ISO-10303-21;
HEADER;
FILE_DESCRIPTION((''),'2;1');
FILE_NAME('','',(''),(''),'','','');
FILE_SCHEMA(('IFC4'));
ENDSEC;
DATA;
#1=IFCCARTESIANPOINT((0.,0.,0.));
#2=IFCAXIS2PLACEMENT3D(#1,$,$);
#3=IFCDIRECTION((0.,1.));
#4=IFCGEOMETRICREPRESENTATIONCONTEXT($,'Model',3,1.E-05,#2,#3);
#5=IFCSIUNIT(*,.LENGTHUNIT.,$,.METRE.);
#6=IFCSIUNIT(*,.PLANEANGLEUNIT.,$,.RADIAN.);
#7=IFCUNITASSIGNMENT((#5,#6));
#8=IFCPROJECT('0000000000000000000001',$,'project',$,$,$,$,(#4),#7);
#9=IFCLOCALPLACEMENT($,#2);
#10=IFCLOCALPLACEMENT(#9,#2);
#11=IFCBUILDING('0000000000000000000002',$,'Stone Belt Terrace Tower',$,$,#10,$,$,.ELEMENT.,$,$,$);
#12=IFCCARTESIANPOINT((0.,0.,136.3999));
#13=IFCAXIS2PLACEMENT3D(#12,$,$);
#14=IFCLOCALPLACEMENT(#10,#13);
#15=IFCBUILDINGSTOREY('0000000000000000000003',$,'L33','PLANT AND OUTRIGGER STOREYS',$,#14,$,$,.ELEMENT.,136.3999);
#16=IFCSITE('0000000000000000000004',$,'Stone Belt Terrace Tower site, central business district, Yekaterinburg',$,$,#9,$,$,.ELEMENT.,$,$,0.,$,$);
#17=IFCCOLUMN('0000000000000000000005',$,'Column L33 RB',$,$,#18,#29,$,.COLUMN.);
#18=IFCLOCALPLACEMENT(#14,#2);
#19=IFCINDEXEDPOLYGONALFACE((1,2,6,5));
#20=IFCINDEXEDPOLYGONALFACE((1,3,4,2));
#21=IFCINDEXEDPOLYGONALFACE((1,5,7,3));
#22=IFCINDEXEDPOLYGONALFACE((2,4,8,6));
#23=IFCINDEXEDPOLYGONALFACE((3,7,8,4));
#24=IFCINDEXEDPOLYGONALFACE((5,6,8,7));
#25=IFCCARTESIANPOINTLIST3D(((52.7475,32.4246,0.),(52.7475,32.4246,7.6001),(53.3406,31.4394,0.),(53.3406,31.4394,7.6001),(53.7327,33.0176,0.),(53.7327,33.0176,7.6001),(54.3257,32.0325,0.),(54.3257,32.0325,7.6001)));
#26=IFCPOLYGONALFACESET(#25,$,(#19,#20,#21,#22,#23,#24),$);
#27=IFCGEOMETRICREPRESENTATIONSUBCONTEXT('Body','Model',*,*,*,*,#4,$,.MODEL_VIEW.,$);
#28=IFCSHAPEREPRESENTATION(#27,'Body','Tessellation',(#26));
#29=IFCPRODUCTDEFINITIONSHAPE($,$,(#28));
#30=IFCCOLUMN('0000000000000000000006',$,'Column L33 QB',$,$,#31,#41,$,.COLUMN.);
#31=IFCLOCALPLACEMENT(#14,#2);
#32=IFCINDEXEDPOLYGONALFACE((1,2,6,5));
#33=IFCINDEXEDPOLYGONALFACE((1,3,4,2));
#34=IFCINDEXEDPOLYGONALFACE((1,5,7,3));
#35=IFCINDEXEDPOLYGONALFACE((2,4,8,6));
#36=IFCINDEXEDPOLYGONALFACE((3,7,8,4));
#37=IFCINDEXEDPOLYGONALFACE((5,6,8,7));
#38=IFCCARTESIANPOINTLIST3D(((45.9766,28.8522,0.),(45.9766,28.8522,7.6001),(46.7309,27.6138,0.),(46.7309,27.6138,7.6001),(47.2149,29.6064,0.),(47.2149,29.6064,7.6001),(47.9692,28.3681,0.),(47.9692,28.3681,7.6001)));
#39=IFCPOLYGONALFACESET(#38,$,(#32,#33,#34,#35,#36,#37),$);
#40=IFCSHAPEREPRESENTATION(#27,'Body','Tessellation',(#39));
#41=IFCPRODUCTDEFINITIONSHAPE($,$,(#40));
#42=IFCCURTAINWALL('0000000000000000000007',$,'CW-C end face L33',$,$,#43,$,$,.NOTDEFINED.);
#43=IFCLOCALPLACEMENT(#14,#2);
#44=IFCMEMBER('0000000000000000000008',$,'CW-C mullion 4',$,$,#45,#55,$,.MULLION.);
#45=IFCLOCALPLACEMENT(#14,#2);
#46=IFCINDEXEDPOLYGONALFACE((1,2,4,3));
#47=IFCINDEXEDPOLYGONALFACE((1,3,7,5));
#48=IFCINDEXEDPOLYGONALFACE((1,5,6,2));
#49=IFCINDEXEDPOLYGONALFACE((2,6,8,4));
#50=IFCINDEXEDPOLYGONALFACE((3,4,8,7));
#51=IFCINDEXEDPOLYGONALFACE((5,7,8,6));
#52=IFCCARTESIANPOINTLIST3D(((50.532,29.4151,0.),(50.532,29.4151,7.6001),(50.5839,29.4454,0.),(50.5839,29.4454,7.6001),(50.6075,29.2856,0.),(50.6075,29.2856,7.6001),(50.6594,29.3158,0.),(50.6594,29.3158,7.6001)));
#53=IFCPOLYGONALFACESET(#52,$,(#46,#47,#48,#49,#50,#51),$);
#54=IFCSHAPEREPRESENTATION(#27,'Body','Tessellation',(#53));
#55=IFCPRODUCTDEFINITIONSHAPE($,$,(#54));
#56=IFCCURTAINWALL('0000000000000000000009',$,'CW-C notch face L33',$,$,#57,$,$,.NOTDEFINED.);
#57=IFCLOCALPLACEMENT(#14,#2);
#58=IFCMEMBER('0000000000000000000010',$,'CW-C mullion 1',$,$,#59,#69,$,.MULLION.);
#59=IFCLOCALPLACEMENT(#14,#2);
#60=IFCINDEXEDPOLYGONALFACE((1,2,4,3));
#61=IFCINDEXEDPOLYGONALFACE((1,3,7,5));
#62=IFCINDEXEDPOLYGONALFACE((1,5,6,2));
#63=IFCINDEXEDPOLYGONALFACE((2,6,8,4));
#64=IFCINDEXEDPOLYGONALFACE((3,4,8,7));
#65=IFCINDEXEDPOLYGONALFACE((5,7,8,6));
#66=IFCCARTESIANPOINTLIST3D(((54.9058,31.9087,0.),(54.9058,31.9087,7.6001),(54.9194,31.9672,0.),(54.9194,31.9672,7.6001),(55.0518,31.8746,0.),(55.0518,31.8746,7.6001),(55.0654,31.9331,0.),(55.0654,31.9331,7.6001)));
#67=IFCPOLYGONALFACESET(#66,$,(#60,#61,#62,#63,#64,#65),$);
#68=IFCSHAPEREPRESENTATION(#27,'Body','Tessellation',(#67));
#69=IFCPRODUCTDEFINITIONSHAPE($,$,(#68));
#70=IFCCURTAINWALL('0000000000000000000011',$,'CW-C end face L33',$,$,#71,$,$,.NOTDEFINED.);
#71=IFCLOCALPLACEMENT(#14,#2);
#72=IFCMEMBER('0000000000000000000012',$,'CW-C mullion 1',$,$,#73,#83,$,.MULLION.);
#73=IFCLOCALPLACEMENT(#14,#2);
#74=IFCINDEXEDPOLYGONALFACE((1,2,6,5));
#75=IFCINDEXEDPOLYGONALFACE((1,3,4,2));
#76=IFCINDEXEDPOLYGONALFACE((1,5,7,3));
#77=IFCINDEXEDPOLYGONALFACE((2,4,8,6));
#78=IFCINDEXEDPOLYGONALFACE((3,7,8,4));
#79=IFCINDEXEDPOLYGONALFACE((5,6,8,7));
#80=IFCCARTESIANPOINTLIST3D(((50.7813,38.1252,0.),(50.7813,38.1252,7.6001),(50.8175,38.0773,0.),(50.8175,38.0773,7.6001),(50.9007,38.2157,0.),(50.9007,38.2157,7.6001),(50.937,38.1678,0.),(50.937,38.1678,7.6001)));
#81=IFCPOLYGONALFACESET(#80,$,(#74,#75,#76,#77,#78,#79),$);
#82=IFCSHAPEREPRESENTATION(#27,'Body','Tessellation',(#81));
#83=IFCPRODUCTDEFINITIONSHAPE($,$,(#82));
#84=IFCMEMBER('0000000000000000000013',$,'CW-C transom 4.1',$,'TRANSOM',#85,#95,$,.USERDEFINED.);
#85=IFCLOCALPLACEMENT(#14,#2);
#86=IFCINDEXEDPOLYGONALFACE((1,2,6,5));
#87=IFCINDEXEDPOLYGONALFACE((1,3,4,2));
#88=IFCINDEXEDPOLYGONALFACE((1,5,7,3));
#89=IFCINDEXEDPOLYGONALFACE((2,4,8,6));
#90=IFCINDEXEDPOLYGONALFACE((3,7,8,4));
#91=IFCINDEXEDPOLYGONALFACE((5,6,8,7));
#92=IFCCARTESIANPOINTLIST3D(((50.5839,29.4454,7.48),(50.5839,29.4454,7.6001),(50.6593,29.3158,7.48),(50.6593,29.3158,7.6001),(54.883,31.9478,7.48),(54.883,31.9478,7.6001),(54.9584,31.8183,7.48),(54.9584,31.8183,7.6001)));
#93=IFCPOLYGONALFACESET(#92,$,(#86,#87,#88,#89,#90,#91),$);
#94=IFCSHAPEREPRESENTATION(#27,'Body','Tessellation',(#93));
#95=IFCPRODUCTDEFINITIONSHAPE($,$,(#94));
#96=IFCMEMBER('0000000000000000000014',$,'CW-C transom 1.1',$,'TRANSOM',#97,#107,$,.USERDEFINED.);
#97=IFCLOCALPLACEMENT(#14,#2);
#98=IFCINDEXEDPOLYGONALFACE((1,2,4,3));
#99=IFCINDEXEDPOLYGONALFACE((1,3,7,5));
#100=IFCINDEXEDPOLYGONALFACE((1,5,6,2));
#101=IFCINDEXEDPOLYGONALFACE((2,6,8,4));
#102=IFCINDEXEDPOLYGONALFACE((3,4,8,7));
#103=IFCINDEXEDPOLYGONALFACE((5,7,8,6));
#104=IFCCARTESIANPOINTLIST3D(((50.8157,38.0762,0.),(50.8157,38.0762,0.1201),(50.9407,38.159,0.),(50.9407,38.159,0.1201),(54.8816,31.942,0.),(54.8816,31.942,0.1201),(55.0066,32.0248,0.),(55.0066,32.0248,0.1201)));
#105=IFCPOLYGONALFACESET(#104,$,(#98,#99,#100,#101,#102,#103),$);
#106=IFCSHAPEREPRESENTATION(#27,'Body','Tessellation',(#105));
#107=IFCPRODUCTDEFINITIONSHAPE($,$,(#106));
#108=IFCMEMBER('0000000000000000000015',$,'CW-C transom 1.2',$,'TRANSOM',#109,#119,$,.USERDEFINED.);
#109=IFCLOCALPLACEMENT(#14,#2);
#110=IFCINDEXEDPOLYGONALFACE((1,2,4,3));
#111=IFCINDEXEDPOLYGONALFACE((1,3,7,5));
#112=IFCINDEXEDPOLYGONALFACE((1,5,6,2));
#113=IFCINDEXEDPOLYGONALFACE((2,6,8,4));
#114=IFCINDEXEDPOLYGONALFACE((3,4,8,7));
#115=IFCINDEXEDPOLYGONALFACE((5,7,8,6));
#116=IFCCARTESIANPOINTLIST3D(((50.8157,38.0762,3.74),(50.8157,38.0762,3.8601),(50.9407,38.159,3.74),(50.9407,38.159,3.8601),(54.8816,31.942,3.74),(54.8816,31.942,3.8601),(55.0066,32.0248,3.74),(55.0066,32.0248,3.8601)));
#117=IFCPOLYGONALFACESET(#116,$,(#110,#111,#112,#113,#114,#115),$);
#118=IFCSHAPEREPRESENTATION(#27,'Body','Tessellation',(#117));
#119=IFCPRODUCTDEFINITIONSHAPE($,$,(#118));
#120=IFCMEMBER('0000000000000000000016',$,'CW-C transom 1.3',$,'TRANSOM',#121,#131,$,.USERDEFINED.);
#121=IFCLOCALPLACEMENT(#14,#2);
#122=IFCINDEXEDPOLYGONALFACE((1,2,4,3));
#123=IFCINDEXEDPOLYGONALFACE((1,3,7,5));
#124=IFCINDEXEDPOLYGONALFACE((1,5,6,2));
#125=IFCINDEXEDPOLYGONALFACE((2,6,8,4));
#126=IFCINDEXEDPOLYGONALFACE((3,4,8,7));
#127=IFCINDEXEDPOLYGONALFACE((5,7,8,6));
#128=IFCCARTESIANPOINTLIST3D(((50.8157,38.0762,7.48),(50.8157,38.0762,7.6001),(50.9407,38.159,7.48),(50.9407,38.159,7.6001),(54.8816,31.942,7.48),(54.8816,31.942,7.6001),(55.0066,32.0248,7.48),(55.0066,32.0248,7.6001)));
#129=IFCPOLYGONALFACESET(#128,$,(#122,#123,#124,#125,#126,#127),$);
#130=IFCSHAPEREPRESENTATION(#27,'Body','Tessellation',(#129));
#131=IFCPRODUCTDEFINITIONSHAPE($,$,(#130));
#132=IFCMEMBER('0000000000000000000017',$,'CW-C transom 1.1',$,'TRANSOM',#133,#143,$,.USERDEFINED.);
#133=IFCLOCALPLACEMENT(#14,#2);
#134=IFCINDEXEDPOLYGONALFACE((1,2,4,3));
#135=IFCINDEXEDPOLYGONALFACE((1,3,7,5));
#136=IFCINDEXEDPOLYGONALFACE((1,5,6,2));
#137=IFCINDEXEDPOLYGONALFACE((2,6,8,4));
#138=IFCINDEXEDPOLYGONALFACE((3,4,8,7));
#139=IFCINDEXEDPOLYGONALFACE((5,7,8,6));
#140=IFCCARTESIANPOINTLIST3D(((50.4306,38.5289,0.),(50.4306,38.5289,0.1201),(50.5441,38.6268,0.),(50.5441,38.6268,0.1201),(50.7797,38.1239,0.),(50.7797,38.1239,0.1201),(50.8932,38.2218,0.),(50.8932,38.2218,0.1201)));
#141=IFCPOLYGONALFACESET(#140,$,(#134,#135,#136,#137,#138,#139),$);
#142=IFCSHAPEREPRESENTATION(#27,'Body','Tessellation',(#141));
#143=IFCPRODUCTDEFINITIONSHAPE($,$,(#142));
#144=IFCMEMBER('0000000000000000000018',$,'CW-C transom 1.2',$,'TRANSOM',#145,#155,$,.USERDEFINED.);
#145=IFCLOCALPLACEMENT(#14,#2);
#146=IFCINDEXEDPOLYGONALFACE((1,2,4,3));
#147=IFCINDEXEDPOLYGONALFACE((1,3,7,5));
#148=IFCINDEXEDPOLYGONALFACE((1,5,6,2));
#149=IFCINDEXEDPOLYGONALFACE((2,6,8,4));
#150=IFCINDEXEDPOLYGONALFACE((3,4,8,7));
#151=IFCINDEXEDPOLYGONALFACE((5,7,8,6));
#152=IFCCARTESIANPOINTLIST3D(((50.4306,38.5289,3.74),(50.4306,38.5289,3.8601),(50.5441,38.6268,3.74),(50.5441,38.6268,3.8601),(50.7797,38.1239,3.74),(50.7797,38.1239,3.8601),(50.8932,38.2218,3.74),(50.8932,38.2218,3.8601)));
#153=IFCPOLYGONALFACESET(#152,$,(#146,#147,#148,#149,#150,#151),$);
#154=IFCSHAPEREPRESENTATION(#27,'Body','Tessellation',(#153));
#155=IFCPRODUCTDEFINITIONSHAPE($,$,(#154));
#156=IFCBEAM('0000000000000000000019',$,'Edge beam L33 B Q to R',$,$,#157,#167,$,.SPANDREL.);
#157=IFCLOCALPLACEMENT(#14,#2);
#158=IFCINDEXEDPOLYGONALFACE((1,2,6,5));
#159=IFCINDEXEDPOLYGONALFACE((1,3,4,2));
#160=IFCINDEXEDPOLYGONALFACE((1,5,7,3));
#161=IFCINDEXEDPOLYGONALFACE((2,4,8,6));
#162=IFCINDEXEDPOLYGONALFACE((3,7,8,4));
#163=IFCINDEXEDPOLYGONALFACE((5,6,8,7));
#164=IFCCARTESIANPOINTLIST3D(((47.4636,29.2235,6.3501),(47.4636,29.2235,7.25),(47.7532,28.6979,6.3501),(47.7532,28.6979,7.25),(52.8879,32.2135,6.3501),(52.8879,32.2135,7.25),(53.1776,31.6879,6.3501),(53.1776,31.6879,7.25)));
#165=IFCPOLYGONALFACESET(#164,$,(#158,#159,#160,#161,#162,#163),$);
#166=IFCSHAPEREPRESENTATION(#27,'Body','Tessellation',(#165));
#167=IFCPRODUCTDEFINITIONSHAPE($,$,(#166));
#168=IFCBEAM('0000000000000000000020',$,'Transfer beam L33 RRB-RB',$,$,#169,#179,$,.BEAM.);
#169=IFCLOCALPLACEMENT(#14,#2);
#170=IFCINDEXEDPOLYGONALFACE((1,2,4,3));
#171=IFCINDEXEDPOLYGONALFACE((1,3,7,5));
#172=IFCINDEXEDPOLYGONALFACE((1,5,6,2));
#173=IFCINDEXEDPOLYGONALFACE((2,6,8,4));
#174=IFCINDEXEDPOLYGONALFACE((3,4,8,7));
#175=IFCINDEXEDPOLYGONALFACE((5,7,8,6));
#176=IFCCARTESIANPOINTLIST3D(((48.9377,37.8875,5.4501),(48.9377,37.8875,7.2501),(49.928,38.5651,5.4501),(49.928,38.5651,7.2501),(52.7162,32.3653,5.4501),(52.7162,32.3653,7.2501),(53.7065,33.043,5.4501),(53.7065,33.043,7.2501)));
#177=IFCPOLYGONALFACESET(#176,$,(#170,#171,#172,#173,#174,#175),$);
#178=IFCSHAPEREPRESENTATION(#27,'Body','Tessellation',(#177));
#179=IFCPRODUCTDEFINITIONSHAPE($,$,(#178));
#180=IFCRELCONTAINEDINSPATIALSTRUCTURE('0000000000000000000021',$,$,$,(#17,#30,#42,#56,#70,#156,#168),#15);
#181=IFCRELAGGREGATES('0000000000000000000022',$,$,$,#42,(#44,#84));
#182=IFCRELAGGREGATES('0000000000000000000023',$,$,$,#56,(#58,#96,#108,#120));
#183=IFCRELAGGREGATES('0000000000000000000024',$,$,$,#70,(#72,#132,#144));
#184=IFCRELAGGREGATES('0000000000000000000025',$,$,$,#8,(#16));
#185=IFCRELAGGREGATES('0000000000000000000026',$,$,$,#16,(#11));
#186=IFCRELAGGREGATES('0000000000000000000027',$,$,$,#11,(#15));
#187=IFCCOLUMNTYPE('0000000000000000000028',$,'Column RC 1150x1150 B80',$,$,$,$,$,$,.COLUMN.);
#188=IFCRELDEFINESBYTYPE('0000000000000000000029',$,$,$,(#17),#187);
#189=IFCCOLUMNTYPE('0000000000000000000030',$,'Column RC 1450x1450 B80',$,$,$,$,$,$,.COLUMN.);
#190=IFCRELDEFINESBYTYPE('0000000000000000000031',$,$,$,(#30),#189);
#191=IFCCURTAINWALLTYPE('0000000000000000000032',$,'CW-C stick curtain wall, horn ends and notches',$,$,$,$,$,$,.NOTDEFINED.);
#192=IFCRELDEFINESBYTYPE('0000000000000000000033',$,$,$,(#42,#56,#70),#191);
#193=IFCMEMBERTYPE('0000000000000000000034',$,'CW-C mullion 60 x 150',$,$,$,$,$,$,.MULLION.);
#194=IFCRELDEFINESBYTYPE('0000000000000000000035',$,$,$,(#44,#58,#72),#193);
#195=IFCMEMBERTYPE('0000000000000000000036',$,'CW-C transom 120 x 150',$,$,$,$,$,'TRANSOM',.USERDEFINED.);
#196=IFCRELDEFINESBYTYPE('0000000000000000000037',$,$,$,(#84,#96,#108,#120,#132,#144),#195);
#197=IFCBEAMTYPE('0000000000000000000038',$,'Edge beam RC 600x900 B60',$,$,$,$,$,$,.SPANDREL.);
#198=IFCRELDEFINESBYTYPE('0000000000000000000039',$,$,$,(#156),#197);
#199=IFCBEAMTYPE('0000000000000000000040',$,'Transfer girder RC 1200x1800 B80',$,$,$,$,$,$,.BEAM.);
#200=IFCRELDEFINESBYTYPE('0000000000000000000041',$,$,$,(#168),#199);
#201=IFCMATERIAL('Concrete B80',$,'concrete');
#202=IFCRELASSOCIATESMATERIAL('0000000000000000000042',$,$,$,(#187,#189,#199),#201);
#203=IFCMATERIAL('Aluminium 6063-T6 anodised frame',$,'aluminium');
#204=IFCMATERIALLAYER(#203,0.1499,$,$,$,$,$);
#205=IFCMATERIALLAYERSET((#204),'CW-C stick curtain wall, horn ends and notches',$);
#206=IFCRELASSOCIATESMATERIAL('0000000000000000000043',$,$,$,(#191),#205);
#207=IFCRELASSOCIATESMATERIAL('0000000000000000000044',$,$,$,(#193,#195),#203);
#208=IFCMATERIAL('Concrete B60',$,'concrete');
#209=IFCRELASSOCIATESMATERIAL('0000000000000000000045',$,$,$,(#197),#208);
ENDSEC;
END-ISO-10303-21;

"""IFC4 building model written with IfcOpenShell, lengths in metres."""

from ifc_helpers import new_model, si_unit, direction, frame, origin, origin_2d, place, context, subcontext, project, spatial, rectangle, extrude, material, layer, layer_set, material_profile, profile_set, type_object, element, aggregate, save


model = new_model("IFC4")

# Units and contexts
model_context = context("Model", 3, precision=1e-05, world=origin(), true_north=direction((0.0, 1.0)))
body_context = subcontext(model_context, "Body", "Model", "MODEL_VIEW")
ifc_project = project(units=[si_unit("LENGTHUNIT", "METRE"), si_unit("PLANEANGLEUNIT", "RADIAN")], contexts=[model_context])

# Site, building, storey
site_placement = place(None, origin())
site = spatial("IfcSite", under=ifc_project, at=site_placement, Name="Stone Belt Terrace Tower site, central business district, Yekaterinburg", CompositionType="ELEMENT", RefElevation=0.0)
building_placement = place(site_placement, origin())
building = spatial("IfcBuilding", under=site, at=building_placement, Name="Stone Belt Terrace Tower", CompositionType="ELEMENT")
storey_placement = place(building_placement, frame((0.0, 0.0, 136.3999)))
storey = spatial("IfcBuildingStorey", under=building, at=storey_placement, Name="L33", Description="PLANT AND OUTRIGGER STOREYS", CompositionType="ELEMENT", Elevation=136.3999)

# Columns
ifc_material_1 = material(Name="Concrete B80", Category="concrete")
ifc_material_profile_1 = material_profile(ifc_material_1, rectangle(XDim=1.1499, YDim=1.1499, at=origin_2d()), Name="RC 1150x1150")
ifc_profile_set_1 = profile_set([ifc_material_profile_1], Name="Concrete B80")
column_type_1 = type_object("IfcColumnType", Name="Column RC 1150x1150 B80", PredefinedType="COLUMN", material=ifc_profile_set_1)
column_1_placement = place(storey_placement, frame((53.5366, 32.2285, 0.0), z_axis=(0.0, 0.0, 1.0), x_axis=(0.51575, -0.856739, 0.0)))
element("IfcColumn", 1, at=column_1_placement, inside=storey, type_object=column_type_1, Name="Column L33 RB", PredefinedType="COLUMN", context=body_context, shape_type="SweptSolid", body=[
    extrude(rectangle(XDim=1.1499, YDim=1.1499, at=origin_2d()), origin(), (0.0, 0.0, 1.0), 7.6001),
])
ifc_material_profile_2 = material_profile(ifc_material_1, rectangle(XDim=1.45, YDim=1.45, at=origin_2d()), Name="RC 1450x1450")
ifc_profile_set_2 = profile_set([ifc_material_profile_2], Name="Concrete B80")
column_type_2 = type_object("IfcColumnType", Name="Column RC 1450x1450 B80", PredefinedType="COLUMN", material=ifc_profile_set_2)
column_2_placement = place(storey_placement, frame((46.9729, 28.6101, 0.0), z_axis=(0.0, 0.0, 1.0), x_axis=(0.520186, -0.854053, 0.0)))
element("IfcColumn", 2, at=column_2_placement, inside=storey, type_object=column_type_2, Name="Column L33 QB", PredefinedType="COLUMN", context=body_context, shape_type="SweptSolid", body=[
    extrude(rectangle(XDim=1.45, YDim=1.45, at=origin_2d()), origin(), (0.0, 0.0, 1.0), 7.6001),
])

# Curtain walls, members
ifc_material_2 = material(Name="Aluminium 6063-T6 anodised frame", Category="aluminium")
ifc_layer_1 = layer(ifc_material_2, 0.1499)
ifc_layer_set_1 = layer_set([ifc_layer_1], Name="CW-C stick curtain wall, horn ends and notches")
curtain_wall_type = type_object("IfcCurtainWallType", Name="CW-C stick curtain wall, horn ends and notches", PredefinedType="NOTDEFINED", material=ifc_layer_set_1)
curtain_wall_1_placement = place(storey_placement, origin())
curtain_wall_1 = element("IfcCurtainWall", 3, at=curtain_wall_1_placement, inside=storey, type_object=curtain_wall_type, Name="CW-C end face L33", PredefinedType="NOTDEFINED")
ifc_material_profile_3 = material_profile(ifc_material_2, rectangle(XDim=0.1499, YDim=0.0601, at=origin_2d()), Name="Aluminium 6063-T6 60x150")
ifc_profile_set_3 = profile_set([ifc_material_profile_3], Name="Aluminium 6063-T6 anodised frame")
member_type_1 = type_object("IfcMemberType", Name="CW-C mullion 60 x 150", PredefinedType="MULLION", material=ifc_profile_set_3)
member_1_placement = place(storey_placement, frame((50.5957, 29.3655, 0.0), z_axis=(0.0, 0.0, 1.0), x_axis=(-0.503081, 0.864239, 0.0)))
member_1 = element("IfcMember", 4, at=member_1_placement, type_object=member_type_1, Name="CW-C mullion 4", PredefinedType="MULLION", context=body_context, shape_type="SweptSolid", body=[
    extrude(rectangle(XDim=0.1499, YDim=0.0601, at=origin_2d()), origin(), (0.0, 0.0, 1.0), 7.6001),
])
curtain_wall_2_placement = place(storey_placement, origin())
curtain_wall_2 = element("IfcCurtainWall", 5, at=curtain_wall_2_placement, inside=storey, type_object=curtain_wall_type, Name="CW-C notch face L33", PredefinedType="NOTDEFINED")
member_2_placement = place(storey_placement, frame((54.9856, 31.9209, 0.0), z_axis=(0.0, 0.0, 1.0), x_axis=(-0.97386, 0.227147, 0.0)))
member_2 = element("IfcMember", 6, at=member_2_placement, type_object=member_type_1, Name="CW-C mullion 1", PredefinedType="MULLION", context=body_context, shape_type="SweptSolid", body=[
    extrude(rectangle(XDim=0.1499, YDim=0.0601, at=origin_2d()), origin(), (0.0, 0.0, 1.0), 7.6001),
])
curtain_wall_3_placement = place(storey_placement, origin())
curtain_wall_3 = element("IfcCurtainWall", 7, at=curtain_wall_3_placement, inside=storey, type_object=curtain_wall_type, Name="CW-C end face L33", PredefinedType="NOTDEFINED")
member_3_placement = place(storey_placement, frame((50.8591, 38.1465, 0.0), z_axis=(0.0, 0.0, 1.0), x_axis=(-0.797131, -0.603806, 0.0)))
member_3 = element("IfcMember", 8, at=member_3_placement, type_object=member_type_1, Name="CW-C mullion 1", PredefinedType="MULLION", context=body_context, shape_type="SweptSolid", body=[
    extrude(rectangle(XDim=0.1499, YDim=0.0601, at=origin_2d()), origin(), (0.0, 0.0, 1.0), 7.6001),
])

# Members
ifc_material_profile_4 = material_profile(ifc_material_2, rectangle(XDim=0.1499, YDim=0.1201, at=origin_2d()), Name="Aluminium 6063-T6 150x120")
ifc_profile_set_4 = profile_set([ifc_material_profile_4], Name="Aluminium 6063-T6 anodised frame")
member_type_2 = type_object("IfcMemberType", Name="CW-C transom 120 x 150", ElementType="TRANSOM", PredefinedType="USERDEFINED", material=ifc_profile_set_4)
member_4_placement = place(storey_placement, frame((50.6216, 29.3806, 7.54), z_axis=(0.864247, 0.503068, 0.0), x_axis=(-0.503068, 0.864247, 0.0)))
member_4 = element("IfcMember", 9, at=member_4_placement, type_object=member_type_2, Name="CW-C transom 4.1", ObjectType="TRANSOM", PredefinedType="USERDEFINED", context=body_context, shape_type="SweptSolid", body=[
    extrude(rectangle(XDim=0.1499, YDim=0.1201, at=origin_2d()), origin(), (0.0, 0.0, 1.0), 4.9744),
])
member_5_placement = place(storey_placement, frame((54.9441, 31.9834, 0.0601), z_axis=(-0.552478, 0.833527, 0.0), x_axis=(-0.833527, -0.552478, 0.0)))
member_5 = element("IfcMember", 10, at=member_5_placement, type_object=member_type_2, Name="CW-C transom 1.1", ObjectType="TRANSOM", PredefinedType="USERDEFINED", context=body_context, shape_type="SweptSolid", body=[
    extrude(rectangle(XDim=0.1499, YDim=0.1201, at=origin_2d()), origin(), (0.0, 0.0, 1.0), 7.3594),
])
member_6_placement = place(storey_placement, frame((54.9441, 31.9834, 3.8), z_axis=(-0.552478, 0.833527, 0.0), x_axis=(-0.833527, -0.552478, 0.0)))
member_6 = element("IfcMember", 11, at=member_6_placement, type_object=member_type_2, Name="CW-C transom 1.2", ObjectType="TRANSOM", PredefinedType="USERDEFINED", context=body_context, shape_type="SweptSolid", body=[
    extrude(rectangle(XDim=0.1499, YDim=0.1201, at=origin_2d()), origin(), (0.0, 0.0, 1.0), 7.3594),
])
member_7_placement = place(storey_placement, frame((54.9441, 31.9834, 7.54), z_axis=(-0.552478, 0.833527, 0.0), x_axis=(-0.833527, -0.552478, 0.0)))
member_7 = element("IfcMember", 12, at=member_7_placement, type_object=member_type_2, Name="CW-C transom 1.3", ObjectType="TRANSOM", PredefinedType="USERDEFINED", context=body_context, shape_type="SweptSolid", body=[
    extrude(rectangle(XDim=0.1499, YDim=0.1201, at=origin_2d()), origin(), (0.0, 0.0, 1.0), 7.3594),
])
member_8_placement = place(storey_placement, frame((50.8364, 38.1729, 0.0601), z_axis=(-0.652894, 0.757449, 0.0), x_axis=(-0.757449, -0.652894, 0.0)))
member_8 = element("IfcMember", 13, at=member_8_placement, type_object=member_type_2, Name="CW-C transom 1.1", ObjectType="TRANSOM", PredefinedType="USERDEFINED", context=body_context, shape_type="SweptSolid", body=[
    extrude(rectangle(XDim=0.1499, YDim=0.1201, at=origin_2d()), origin(), (0.0, 0.0, 1.0), 0.5347),
])
member_9_placement = place(storey_placement, frame((50.8364, 38.1729, 3.8), z_axis=(-0.652894, 0.757449, 0.0), x_axis=(-0.757449, -0.652894, 0.0)))
member_9 = element("IfcMember", 14, at=member_9_placement, type_object=member_type_2, Name="CW-C transom 1.2", ObjectType="TRANSOM", PredefinedType="USERDEFINED", context=body_context, shape_type="SweptSolid", body=[
    extrude(rectangle(XDim=0.1499, YDim=0.1201, at=origin_2d()), origin(), (0.0, 0.0, 1.0), 0.5347),
])

# Beams
ifc_material_3 = material(Name="Concrete B60", Category="concrete")
ifc_material_profile_5 = material_profile(ifc_material_3, rectangle(XDim=0.6001, YDim=0.8999, at=origin_2d()), Name="RC 600x900")
ifc_profile_set_5 = profile_set([ifc_material_profile_5], Name="Concrete B60")
beam_type_1 = type_object("IfcBeamType", Name="Edge beam RC 600x900 B60", PredefinedType="SPANDREL", material=ifc_profile_set_5)
beam_1_placement = place(storey_placement, frame((47.6084, 28.9607, 6.8), z_axis=(0.875764, 0.482739, 0.0), x_axis=(-0.482739, 0.875764, 0.0)))
element("IfcBeam", 15, at=beam_1_placement, inside=storey, type_object=beam_type_1, Name="Edge beam L33 B Q to R", PredefinedType="SPANDREL", context=body_context, shape_type="SweptSolid", body=[
    extrude(rectangle(XDim=0.6001, YDim=0.8999, at=origin_2d()), origin(), (0.0, 0.0, 1.0), 6.1938),
])
ifc_material_profile_6 = material_profile(ifc_material_1, rectangle(XDim=1.2, YDim=1.8, at=origin_2d()), Name="RC 1200x1800")
ifc_profile_set_6 = profile_set([ifc_material_profile_6], Name="Concrete B80")
beam_type_2 = type_object("IfcBeamType", Name="Transfer girder RC 1200x1800 B80", PredefinedType="BEAM", material=ifc_profile_set_6)
beam_2_placement = place(storey_placement, frame((49.4329, 38.2263, 6.3501), z_axis=(0.564705, -0.825293, 0.0), x_axis=(0.825293, 0.564705, 0.0)))
element("IfcBeam", 16, at=beam_2_placement, inside=storey, type_object=beam_type_2, Name="Transfer beam L33 RRB-RB", PredefinedType="BEAM", context=body_context, shape_type="SweptSolid", body=[
    extrude(rectangle(XDim=1.2, YDim=1.8, at=origin_2d()), origin(), (0.0, 0.0, 1.0), 6.6912),
])

aggregate(curtain_wall_1, [member_1, member_4])
aggregate(curtain_wall_2, [member_2, member_5, member_6, member_7])
aggregate(curtain_wall_3, [member_3, member_8, member_9])

save(model, "model.ifc")
